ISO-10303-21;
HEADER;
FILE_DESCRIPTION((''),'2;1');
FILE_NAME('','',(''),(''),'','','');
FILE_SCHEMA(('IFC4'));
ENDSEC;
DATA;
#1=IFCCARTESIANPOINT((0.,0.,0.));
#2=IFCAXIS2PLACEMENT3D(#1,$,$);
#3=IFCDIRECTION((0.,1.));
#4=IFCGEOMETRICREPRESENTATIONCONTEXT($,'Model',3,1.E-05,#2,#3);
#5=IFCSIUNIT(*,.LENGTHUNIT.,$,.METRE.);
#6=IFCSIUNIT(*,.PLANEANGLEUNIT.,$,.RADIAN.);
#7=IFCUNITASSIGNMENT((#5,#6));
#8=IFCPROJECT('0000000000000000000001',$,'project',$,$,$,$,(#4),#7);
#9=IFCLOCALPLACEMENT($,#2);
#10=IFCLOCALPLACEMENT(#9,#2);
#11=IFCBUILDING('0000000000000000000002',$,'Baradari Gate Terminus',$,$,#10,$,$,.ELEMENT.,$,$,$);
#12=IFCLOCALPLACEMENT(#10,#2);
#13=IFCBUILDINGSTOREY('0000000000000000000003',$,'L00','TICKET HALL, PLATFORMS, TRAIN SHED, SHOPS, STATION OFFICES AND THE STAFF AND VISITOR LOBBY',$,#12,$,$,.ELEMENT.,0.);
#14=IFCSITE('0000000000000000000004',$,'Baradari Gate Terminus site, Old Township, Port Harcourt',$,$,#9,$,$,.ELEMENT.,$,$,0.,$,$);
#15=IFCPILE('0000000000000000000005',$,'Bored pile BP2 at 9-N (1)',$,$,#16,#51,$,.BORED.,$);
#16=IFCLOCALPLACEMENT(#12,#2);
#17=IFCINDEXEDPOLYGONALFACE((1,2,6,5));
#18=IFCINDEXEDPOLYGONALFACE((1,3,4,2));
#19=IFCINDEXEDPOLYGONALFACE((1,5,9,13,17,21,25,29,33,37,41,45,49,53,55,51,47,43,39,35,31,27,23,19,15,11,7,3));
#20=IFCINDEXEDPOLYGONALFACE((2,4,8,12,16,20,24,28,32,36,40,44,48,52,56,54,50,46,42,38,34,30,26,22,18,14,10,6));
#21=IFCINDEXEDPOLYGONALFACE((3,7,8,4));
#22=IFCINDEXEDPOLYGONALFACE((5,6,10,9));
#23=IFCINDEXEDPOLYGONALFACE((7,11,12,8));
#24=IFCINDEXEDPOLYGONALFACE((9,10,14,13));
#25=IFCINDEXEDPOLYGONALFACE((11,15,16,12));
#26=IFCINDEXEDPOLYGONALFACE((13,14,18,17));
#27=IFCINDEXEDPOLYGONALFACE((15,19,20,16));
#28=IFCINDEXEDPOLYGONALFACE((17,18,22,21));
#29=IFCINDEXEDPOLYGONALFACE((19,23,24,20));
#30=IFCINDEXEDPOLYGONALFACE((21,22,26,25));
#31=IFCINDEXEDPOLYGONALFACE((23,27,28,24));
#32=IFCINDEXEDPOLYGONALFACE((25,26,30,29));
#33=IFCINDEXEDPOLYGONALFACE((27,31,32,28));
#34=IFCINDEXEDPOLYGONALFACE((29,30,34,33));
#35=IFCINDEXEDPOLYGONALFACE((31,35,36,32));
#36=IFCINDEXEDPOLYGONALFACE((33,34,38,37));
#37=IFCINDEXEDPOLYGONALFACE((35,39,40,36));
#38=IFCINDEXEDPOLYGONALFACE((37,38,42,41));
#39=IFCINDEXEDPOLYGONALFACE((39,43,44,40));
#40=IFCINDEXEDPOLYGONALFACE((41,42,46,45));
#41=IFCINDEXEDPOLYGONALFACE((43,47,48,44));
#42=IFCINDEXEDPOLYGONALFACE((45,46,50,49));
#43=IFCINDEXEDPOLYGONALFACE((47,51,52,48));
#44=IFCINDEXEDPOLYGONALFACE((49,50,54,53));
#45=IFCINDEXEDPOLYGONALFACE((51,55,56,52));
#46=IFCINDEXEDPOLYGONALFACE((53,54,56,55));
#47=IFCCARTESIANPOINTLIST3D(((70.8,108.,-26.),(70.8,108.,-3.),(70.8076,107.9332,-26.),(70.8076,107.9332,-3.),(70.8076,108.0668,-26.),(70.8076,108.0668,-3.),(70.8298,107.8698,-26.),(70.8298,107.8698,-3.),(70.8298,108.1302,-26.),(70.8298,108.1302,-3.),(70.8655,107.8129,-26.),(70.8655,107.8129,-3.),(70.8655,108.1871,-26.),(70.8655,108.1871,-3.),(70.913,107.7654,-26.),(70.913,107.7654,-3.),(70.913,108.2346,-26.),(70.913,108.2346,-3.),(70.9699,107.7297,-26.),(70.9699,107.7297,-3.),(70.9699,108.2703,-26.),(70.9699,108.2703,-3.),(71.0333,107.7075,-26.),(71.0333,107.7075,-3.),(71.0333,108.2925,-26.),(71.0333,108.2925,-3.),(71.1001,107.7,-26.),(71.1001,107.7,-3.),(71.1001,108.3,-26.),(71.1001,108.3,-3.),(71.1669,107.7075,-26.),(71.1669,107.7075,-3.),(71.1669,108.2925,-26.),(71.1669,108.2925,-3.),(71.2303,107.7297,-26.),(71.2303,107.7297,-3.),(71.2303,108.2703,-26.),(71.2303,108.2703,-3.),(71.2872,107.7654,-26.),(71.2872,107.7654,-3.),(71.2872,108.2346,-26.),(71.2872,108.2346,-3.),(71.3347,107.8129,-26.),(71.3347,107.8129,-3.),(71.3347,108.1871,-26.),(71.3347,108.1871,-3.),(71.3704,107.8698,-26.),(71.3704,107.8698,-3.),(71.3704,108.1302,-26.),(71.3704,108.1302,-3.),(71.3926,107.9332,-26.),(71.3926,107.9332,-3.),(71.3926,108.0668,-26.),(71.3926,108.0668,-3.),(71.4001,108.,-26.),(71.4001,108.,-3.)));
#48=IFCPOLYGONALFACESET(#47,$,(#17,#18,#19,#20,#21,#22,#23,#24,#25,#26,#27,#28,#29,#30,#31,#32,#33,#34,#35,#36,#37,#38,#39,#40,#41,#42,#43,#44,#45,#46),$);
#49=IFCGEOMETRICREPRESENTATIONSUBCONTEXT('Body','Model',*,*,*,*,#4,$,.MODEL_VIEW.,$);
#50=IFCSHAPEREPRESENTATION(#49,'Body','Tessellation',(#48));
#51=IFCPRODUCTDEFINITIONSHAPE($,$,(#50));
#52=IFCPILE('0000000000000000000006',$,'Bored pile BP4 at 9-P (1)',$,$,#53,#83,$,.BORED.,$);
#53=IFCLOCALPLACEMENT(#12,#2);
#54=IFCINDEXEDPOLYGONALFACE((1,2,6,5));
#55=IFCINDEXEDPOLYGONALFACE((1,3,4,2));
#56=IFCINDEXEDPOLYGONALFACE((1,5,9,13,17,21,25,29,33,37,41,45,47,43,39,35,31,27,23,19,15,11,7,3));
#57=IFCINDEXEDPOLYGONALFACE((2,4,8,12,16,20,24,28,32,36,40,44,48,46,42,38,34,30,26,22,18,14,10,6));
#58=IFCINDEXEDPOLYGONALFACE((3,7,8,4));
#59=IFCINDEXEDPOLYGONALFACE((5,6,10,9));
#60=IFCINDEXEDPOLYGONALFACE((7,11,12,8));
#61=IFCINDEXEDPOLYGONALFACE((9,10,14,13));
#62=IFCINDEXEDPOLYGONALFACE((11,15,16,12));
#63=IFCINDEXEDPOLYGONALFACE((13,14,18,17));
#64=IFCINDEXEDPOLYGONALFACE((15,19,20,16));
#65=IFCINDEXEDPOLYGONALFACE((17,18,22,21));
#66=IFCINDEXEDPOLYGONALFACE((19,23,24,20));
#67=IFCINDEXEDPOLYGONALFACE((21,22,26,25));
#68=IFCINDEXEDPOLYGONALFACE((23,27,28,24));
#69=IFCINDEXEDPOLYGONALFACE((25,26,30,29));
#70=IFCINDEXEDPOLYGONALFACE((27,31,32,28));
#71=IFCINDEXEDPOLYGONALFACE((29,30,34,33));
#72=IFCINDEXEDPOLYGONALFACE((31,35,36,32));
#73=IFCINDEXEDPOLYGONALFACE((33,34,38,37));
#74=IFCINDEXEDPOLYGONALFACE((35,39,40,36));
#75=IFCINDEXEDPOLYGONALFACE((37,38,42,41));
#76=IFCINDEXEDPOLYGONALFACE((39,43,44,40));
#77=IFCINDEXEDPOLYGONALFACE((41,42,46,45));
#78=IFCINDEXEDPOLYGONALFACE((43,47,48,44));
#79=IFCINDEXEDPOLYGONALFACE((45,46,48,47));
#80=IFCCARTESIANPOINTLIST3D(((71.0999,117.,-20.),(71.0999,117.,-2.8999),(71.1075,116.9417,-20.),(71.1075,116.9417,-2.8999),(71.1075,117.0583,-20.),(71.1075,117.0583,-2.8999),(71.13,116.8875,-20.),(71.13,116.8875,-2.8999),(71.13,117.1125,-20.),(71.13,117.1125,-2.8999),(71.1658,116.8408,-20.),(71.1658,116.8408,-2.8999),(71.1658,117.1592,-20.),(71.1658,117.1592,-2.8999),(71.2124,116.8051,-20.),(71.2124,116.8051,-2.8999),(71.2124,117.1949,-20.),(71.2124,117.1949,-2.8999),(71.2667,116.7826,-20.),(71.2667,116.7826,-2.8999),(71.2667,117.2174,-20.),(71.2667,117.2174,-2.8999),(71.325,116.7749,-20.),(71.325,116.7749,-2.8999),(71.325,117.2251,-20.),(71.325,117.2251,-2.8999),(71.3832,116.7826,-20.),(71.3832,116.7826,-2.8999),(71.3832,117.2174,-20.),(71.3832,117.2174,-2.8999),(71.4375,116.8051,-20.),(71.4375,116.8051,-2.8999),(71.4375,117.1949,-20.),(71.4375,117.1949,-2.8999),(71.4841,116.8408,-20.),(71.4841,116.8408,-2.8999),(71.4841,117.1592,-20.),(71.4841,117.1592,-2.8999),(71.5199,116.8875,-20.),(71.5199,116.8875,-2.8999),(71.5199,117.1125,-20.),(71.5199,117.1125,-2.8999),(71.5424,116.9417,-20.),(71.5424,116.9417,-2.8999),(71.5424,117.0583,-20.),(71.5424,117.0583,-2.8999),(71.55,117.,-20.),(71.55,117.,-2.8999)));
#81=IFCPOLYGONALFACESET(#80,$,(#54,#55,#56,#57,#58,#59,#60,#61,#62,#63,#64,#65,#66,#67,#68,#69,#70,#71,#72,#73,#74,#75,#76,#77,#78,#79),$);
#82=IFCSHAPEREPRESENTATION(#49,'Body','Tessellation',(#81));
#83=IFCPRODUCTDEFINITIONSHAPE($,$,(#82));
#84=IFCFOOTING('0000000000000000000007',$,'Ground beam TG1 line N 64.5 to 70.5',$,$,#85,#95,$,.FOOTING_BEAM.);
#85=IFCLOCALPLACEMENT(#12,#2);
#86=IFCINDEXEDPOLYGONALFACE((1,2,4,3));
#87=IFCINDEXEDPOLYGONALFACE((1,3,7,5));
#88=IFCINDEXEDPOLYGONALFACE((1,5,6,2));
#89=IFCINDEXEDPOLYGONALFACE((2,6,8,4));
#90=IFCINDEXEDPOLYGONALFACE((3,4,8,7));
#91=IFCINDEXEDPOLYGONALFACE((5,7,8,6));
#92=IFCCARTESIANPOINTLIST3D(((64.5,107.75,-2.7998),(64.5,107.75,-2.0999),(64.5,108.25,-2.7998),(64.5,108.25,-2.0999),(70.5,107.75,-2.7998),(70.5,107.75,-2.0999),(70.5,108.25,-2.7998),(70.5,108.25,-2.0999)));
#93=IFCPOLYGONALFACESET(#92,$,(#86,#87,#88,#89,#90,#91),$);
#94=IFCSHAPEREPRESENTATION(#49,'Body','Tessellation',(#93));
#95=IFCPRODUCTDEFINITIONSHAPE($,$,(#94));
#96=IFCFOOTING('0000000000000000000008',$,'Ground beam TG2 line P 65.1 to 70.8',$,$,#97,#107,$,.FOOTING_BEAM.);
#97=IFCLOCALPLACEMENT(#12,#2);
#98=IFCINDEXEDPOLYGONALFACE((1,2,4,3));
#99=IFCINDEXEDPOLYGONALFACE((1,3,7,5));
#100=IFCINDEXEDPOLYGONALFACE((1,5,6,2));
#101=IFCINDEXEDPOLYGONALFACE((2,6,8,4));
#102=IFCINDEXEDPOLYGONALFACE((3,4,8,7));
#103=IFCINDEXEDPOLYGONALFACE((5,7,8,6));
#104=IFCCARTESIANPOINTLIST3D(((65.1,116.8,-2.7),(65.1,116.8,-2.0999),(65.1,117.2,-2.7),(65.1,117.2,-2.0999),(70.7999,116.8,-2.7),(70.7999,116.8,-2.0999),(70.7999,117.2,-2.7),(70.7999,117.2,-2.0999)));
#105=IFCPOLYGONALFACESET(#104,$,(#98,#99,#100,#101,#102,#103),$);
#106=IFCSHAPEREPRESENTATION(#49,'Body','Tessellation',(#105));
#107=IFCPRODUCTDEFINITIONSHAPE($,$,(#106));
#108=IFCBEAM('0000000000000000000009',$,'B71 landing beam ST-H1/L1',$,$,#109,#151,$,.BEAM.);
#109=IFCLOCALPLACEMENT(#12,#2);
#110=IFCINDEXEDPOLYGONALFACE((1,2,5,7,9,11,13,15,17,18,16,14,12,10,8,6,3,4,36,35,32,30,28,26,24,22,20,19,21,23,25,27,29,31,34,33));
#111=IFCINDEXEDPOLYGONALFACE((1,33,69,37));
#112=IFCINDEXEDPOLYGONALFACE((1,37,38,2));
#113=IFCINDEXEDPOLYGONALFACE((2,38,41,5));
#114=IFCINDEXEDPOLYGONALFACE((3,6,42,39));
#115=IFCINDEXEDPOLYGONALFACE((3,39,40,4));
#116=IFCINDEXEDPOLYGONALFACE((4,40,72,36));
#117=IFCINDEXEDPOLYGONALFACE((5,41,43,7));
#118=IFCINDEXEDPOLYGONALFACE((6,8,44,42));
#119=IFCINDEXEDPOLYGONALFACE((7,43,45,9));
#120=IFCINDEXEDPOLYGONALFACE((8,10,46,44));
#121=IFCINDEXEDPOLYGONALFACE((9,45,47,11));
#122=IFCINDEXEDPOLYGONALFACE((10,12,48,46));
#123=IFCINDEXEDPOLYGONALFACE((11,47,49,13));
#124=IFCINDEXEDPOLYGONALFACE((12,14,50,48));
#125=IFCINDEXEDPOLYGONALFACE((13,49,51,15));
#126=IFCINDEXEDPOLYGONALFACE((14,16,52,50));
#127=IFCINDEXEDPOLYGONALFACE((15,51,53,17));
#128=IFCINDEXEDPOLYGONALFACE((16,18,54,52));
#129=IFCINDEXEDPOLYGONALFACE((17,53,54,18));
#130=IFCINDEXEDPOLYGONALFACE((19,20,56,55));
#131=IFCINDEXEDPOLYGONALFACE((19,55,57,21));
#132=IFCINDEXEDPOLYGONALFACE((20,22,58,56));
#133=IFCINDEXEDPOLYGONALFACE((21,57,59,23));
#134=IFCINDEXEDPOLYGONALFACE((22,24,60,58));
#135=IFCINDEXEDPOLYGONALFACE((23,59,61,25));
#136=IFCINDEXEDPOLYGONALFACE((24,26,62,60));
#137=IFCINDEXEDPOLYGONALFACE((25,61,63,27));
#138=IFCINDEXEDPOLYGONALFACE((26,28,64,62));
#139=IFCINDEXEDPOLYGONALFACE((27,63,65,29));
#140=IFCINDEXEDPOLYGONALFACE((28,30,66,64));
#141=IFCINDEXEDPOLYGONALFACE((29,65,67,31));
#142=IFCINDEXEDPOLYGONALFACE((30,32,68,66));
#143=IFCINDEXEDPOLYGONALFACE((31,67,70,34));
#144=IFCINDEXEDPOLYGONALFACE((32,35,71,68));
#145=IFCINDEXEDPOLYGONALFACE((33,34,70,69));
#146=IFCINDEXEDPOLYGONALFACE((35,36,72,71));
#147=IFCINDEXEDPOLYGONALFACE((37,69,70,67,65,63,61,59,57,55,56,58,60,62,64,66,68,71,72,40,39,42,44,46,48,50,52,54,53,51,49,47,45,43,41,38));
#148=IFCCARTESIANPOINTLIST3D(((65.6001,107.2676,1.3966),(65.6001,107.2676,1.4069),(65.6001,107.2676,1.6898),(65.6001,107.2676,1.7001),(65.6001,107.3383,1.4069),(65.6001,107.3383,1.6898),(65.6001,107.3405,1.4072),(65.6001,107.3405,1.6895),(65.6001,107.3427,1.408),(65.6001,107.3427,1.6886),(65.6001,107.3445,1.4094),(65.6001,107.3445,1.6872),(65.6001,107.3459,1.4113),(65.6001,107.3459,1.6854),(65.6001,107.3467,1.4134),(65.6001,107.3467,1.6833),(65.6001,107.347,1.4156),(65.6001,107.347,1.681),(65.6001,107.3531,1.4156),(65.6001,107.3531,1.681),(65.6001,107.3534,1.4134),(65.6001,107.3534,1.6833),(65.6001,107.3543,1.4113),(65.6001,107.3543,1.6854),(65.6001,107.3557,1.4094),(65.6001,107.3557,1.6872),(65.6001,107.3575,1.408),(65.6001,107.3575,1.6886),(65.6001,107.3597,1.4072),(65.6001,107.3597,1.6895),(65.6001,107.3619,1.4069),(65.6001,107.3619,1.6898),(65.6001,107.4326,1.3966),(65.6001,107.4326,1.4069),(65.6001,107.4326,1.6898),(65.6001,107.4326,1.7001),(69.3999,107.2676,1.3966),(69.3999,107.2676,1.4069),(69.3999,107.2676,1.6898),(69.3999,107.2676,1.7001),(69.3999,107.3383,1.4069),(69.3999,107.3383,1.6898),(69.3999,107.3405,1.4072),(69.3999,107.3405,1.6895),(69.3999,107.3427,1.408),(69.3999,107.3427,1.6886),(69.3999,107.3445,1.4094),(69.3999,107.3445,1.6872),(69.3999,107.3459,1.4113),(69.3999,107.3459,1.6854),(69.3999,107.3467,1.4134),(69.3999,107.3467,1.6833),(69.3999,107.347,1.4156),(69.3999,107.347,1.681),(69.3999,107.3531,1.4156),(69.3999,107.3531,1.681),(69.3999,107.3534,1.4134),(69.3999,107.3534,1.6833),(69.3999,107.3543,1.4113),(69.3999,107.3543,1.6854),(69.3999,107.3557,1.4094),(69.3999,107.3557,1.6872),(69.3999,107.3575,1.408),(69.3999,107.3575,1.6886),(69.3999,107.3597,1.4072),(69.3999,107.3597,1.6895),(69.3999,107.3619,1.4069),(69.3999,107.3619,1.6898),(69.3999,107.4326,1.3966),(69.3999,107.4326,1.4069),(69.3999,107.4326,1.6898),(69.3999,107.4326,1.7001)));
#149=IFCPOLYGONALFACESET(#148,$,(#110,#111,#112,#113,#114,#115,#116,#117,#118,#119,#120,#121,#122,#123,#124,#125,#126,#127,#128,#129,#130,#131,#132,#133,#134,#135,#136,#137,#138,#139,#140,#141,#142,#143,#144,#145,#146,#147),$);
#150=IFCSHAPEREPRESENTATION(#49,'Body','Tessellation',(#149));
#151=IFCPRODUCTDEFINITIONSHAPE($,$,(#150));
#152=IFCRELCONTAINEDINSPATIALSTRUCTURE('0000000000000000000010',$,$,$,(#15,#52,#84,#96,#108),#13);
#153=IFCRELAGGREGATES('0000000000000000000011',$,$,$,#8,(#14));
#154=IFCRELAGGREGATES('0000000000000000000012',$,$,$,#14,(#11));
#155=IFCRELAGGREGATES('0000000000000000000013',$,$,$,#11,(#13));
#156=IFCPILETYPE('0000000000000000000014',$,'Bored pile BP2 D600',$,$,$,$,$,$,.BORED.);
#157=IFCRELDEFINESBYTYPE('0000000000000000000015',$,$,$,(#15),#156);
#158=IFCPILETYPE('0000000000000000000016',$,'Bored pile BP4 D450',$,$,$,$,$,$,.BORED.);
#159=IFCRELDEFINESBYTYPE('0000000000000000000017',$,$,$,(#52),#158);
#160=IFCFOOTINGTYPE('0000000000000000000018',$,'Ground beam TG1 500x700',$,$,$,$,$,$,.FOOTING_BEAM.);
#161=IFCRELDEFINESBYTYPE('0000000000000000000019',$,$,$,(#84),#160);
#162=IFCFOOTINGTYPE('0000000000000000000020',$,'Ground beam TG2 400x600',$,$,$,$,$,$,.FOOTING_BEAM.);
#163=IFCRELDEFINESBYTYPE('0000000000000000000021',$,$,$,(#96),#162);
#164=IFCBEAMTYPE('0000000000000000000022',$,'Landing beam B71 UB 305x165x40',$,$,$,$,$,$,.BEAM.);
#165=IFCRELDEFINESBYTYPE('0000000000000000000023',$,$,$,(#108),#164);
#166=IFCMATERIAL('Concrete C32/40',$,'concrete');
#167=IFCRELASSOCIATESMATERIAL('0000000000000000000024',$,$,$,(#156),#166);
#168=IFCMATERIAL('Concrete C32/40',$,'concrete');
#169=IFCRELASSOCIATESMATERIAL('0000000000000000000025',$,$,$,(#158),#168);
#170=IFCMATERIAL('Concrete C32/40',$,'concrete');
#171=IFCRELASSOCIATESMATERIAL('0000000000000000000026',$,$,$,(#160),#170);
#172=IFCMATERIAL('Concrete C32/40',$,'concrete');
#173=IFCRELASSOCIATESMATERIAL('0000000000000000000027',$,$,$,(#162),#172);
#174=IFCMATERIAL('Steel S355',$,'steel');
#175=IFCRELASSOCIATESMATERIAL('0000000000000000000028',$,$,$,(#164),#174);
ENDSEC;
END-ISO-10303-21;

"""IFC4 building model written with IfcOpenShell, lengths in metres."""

from ifc_helpers import new_model, si_unit, direction, frame, origin, origin_2d, place, context, subcontext, project, spatial, rectangle, circle, i_section, extrude, material, material_profile, profile_set, type_object, element, save


model = new_model("IFC4")

# Units and contexts
model_context = context("Model", 3, precision=1e-05, world=origin(), true_north=direction((0.0, 1.0)))
body_context = subcontext(model_context, "Body", "Model", "MODEL_VIEW")
ifc_project = project(units=[si_unit("LENGTHUNIT", "METRE"), si_unit("PLANEANGLEUNIT", "RADIAN")], contexts=[model_context])

# Site, building, storey
site_placement = place(None, origin())
site = spatial("IfcSite", under=ifc_project, at=site_placement, Name="Baradari Gate Terminus site, Old Township, Port Harcourt", CompositionType="ELEMENT", RefElevation=0.0)
building_placement = place(site_placement, origin())
building = spatial("IfcBuilding", under=site, at=building_placement, Name="Baradari Gate Terminus", CompositionType="ELEMENT")
storey_placement = place(building_placement, origin())
storey = spatial("IfcBuildingStorey", under=building, at=storey_placement, Name="L00", Description="TICKET HALL, PLATFORMS, TRAIN SHED, SHOPS, STATION OFFICES AND THE STAFF AND VISITOR LOBBY", CompositionType="ELEMENT", Elevation=0.0)

# Piles
ifc_material_1 = material(Name="Concrete C32/40", Category="concrete")
pile_type_1 = type_object("IfcPileType", Name="Bored pile BP2 D600", PredefinedType="BORED", material=ifc_material_1)
pile_1_placement = place(storey_placement, frame((71.1001, 108.0, -3.0), z_axis=(0.0, 0.0, -1.0), x_axis=(1.0, 0.0, 0.0)))
element("IfcPile", 1, at=pile_1_placement, inside=storey, type_object=pile_type_1, Name="Bored pile BP2 at 9-N (1)", PredefinedType="BORED", context=body_context, shape_type="SweptSolid", body=[
    extrude(circle(Radius=0.3, at=origin_2d()), origin(), (0.0, 0.0, 1.0), 23.0),
])
ifc_material_2 = material(Name="Concrete C32/40", Category="concrete")
pile_type_2 = type_object("IfcPileType", Name="Bored pile BP4 D450", PredefinedType="BORED", material=ifc_material_2)
pile_2_placement = place(storey_placement, frame((71.325, 117.0, -2.8999), z_axis=(0.0, 0.0, -1.0), x_axis=(1.0, 0.0, 0.0)))
element("IfcPile", 2, at=pile_2_placement, inside=storey, type_object=pile_type_2, Name="Bored pile BP4 at 9-P (1)", PredefinedType="BORED", context=body_context, shape_type="SweptSolid", body=[
    extrude(circle(Radius=0.2251, at=origin_2d()), origin(), (0.0, 0.0, 1.0), 17.1001),
])

# Footings
ifc_material_3 = material(Name="Concrete C32/40", Category="concrete")
footing_type_1 = type_object("IfcFootingType", Name="Ground beam TG1 500x700", PredefinedType="FOOTING_BEAM", material=ifc_material_3)
footing_1_placement = place(storey_placement, frame((67.5, 108.0, -2.7998), z_axis=(0.0, 0.0, 1.0), x_axis=(1.0, 0.0, 0.0)))
element("IfcFooting", 3, at=footing_1_placement, inside=storey, type_object=footing_type_1, Name="Ground beam TG1 line N 64.5 to 70.5", PredefinedType="FOOTING_BEAM", context=body_context, shape_type="SweptSolid", body=[
    extrude(rectangle(XDim=6.0, YDim=0.5, at=origin_2d()), origin(), (0.0, 0.0, 1.0), 0.7),
])
ifc_material_4 = material(Name="Concrete C32/40", Category="concrete")
footing_type_2 = type_object("IfcFootingType", Name="Ground beam TG2 400x600", PredefinedType="FOOTING_BEAM", material=ifc_material_4)
footing_2_placement = place(storey_placement, frame((67.95, 117.0, -2.7), z_axis=(0.0, 0.0, 1.0), x_axis=(1.0, 0.0, 0.0)))
element("IfcFooting", 4, at=footing_2_placement, inside=storey, type_object=footing_type_2, Name="Ground beam TG2 line P 65.1 to 70.8", PredefinedType="FOOTING_BEAM", context=body_context, shape_type="SweptSolid", body=[
    extrude(rectangle(XDim=5.7, YDim=0.3999, at=origin_2d()), origin(), (0.0, 0.0, 1.0), 0.6001),
])

# Beam
ifc_material_5 = material(Name="Steel S355", Category="steel")
ifc_material_profile_1 = material_profile(ifc_material_5, i_section(OverallWidth=0.165, OverallDepth=0.3035, WebThickness=0.0061, FlangeThickness=0.0103, FilletRadius=0.0088, at=origin_2d()), Name="UB 305x165x40")
ifc_profile_set_1 = profile_set([ifc_material_profile_1], Name="Steel S355")
beam_type_1 = type_object("IfcBeamType", Name="Landing beam B71 UB 305x165x40", PredefinedType="BEAM", material=ifc_profile_set_1)
beam_1_placement = place(storey_placement, frame((65.6001, 107.3501, 1.5483), z_axis=(1.0, 0.0, 0.0), x_axis=(0.0, 1.0, 0.0)))
element("IfcBeam", 5, at=beam_1_placement, inside=storey, type_object=beam_type_1, Name="B71 landing beam ST-H1/L1", PredefinedType="BEAM", context=body_context, shape_type="SweptSolid", body=[
    extrude(i_section(OverallWidth=0.165, OverallDepth=0.3035, WebThickness=0.0061, FlangeThickness=0.0103, FilletRadius=0.0088, at=origin_2d()), origin(), (0.0, 0.0, 1.0), 3.7998),
])

save(model, "model.ifc")
